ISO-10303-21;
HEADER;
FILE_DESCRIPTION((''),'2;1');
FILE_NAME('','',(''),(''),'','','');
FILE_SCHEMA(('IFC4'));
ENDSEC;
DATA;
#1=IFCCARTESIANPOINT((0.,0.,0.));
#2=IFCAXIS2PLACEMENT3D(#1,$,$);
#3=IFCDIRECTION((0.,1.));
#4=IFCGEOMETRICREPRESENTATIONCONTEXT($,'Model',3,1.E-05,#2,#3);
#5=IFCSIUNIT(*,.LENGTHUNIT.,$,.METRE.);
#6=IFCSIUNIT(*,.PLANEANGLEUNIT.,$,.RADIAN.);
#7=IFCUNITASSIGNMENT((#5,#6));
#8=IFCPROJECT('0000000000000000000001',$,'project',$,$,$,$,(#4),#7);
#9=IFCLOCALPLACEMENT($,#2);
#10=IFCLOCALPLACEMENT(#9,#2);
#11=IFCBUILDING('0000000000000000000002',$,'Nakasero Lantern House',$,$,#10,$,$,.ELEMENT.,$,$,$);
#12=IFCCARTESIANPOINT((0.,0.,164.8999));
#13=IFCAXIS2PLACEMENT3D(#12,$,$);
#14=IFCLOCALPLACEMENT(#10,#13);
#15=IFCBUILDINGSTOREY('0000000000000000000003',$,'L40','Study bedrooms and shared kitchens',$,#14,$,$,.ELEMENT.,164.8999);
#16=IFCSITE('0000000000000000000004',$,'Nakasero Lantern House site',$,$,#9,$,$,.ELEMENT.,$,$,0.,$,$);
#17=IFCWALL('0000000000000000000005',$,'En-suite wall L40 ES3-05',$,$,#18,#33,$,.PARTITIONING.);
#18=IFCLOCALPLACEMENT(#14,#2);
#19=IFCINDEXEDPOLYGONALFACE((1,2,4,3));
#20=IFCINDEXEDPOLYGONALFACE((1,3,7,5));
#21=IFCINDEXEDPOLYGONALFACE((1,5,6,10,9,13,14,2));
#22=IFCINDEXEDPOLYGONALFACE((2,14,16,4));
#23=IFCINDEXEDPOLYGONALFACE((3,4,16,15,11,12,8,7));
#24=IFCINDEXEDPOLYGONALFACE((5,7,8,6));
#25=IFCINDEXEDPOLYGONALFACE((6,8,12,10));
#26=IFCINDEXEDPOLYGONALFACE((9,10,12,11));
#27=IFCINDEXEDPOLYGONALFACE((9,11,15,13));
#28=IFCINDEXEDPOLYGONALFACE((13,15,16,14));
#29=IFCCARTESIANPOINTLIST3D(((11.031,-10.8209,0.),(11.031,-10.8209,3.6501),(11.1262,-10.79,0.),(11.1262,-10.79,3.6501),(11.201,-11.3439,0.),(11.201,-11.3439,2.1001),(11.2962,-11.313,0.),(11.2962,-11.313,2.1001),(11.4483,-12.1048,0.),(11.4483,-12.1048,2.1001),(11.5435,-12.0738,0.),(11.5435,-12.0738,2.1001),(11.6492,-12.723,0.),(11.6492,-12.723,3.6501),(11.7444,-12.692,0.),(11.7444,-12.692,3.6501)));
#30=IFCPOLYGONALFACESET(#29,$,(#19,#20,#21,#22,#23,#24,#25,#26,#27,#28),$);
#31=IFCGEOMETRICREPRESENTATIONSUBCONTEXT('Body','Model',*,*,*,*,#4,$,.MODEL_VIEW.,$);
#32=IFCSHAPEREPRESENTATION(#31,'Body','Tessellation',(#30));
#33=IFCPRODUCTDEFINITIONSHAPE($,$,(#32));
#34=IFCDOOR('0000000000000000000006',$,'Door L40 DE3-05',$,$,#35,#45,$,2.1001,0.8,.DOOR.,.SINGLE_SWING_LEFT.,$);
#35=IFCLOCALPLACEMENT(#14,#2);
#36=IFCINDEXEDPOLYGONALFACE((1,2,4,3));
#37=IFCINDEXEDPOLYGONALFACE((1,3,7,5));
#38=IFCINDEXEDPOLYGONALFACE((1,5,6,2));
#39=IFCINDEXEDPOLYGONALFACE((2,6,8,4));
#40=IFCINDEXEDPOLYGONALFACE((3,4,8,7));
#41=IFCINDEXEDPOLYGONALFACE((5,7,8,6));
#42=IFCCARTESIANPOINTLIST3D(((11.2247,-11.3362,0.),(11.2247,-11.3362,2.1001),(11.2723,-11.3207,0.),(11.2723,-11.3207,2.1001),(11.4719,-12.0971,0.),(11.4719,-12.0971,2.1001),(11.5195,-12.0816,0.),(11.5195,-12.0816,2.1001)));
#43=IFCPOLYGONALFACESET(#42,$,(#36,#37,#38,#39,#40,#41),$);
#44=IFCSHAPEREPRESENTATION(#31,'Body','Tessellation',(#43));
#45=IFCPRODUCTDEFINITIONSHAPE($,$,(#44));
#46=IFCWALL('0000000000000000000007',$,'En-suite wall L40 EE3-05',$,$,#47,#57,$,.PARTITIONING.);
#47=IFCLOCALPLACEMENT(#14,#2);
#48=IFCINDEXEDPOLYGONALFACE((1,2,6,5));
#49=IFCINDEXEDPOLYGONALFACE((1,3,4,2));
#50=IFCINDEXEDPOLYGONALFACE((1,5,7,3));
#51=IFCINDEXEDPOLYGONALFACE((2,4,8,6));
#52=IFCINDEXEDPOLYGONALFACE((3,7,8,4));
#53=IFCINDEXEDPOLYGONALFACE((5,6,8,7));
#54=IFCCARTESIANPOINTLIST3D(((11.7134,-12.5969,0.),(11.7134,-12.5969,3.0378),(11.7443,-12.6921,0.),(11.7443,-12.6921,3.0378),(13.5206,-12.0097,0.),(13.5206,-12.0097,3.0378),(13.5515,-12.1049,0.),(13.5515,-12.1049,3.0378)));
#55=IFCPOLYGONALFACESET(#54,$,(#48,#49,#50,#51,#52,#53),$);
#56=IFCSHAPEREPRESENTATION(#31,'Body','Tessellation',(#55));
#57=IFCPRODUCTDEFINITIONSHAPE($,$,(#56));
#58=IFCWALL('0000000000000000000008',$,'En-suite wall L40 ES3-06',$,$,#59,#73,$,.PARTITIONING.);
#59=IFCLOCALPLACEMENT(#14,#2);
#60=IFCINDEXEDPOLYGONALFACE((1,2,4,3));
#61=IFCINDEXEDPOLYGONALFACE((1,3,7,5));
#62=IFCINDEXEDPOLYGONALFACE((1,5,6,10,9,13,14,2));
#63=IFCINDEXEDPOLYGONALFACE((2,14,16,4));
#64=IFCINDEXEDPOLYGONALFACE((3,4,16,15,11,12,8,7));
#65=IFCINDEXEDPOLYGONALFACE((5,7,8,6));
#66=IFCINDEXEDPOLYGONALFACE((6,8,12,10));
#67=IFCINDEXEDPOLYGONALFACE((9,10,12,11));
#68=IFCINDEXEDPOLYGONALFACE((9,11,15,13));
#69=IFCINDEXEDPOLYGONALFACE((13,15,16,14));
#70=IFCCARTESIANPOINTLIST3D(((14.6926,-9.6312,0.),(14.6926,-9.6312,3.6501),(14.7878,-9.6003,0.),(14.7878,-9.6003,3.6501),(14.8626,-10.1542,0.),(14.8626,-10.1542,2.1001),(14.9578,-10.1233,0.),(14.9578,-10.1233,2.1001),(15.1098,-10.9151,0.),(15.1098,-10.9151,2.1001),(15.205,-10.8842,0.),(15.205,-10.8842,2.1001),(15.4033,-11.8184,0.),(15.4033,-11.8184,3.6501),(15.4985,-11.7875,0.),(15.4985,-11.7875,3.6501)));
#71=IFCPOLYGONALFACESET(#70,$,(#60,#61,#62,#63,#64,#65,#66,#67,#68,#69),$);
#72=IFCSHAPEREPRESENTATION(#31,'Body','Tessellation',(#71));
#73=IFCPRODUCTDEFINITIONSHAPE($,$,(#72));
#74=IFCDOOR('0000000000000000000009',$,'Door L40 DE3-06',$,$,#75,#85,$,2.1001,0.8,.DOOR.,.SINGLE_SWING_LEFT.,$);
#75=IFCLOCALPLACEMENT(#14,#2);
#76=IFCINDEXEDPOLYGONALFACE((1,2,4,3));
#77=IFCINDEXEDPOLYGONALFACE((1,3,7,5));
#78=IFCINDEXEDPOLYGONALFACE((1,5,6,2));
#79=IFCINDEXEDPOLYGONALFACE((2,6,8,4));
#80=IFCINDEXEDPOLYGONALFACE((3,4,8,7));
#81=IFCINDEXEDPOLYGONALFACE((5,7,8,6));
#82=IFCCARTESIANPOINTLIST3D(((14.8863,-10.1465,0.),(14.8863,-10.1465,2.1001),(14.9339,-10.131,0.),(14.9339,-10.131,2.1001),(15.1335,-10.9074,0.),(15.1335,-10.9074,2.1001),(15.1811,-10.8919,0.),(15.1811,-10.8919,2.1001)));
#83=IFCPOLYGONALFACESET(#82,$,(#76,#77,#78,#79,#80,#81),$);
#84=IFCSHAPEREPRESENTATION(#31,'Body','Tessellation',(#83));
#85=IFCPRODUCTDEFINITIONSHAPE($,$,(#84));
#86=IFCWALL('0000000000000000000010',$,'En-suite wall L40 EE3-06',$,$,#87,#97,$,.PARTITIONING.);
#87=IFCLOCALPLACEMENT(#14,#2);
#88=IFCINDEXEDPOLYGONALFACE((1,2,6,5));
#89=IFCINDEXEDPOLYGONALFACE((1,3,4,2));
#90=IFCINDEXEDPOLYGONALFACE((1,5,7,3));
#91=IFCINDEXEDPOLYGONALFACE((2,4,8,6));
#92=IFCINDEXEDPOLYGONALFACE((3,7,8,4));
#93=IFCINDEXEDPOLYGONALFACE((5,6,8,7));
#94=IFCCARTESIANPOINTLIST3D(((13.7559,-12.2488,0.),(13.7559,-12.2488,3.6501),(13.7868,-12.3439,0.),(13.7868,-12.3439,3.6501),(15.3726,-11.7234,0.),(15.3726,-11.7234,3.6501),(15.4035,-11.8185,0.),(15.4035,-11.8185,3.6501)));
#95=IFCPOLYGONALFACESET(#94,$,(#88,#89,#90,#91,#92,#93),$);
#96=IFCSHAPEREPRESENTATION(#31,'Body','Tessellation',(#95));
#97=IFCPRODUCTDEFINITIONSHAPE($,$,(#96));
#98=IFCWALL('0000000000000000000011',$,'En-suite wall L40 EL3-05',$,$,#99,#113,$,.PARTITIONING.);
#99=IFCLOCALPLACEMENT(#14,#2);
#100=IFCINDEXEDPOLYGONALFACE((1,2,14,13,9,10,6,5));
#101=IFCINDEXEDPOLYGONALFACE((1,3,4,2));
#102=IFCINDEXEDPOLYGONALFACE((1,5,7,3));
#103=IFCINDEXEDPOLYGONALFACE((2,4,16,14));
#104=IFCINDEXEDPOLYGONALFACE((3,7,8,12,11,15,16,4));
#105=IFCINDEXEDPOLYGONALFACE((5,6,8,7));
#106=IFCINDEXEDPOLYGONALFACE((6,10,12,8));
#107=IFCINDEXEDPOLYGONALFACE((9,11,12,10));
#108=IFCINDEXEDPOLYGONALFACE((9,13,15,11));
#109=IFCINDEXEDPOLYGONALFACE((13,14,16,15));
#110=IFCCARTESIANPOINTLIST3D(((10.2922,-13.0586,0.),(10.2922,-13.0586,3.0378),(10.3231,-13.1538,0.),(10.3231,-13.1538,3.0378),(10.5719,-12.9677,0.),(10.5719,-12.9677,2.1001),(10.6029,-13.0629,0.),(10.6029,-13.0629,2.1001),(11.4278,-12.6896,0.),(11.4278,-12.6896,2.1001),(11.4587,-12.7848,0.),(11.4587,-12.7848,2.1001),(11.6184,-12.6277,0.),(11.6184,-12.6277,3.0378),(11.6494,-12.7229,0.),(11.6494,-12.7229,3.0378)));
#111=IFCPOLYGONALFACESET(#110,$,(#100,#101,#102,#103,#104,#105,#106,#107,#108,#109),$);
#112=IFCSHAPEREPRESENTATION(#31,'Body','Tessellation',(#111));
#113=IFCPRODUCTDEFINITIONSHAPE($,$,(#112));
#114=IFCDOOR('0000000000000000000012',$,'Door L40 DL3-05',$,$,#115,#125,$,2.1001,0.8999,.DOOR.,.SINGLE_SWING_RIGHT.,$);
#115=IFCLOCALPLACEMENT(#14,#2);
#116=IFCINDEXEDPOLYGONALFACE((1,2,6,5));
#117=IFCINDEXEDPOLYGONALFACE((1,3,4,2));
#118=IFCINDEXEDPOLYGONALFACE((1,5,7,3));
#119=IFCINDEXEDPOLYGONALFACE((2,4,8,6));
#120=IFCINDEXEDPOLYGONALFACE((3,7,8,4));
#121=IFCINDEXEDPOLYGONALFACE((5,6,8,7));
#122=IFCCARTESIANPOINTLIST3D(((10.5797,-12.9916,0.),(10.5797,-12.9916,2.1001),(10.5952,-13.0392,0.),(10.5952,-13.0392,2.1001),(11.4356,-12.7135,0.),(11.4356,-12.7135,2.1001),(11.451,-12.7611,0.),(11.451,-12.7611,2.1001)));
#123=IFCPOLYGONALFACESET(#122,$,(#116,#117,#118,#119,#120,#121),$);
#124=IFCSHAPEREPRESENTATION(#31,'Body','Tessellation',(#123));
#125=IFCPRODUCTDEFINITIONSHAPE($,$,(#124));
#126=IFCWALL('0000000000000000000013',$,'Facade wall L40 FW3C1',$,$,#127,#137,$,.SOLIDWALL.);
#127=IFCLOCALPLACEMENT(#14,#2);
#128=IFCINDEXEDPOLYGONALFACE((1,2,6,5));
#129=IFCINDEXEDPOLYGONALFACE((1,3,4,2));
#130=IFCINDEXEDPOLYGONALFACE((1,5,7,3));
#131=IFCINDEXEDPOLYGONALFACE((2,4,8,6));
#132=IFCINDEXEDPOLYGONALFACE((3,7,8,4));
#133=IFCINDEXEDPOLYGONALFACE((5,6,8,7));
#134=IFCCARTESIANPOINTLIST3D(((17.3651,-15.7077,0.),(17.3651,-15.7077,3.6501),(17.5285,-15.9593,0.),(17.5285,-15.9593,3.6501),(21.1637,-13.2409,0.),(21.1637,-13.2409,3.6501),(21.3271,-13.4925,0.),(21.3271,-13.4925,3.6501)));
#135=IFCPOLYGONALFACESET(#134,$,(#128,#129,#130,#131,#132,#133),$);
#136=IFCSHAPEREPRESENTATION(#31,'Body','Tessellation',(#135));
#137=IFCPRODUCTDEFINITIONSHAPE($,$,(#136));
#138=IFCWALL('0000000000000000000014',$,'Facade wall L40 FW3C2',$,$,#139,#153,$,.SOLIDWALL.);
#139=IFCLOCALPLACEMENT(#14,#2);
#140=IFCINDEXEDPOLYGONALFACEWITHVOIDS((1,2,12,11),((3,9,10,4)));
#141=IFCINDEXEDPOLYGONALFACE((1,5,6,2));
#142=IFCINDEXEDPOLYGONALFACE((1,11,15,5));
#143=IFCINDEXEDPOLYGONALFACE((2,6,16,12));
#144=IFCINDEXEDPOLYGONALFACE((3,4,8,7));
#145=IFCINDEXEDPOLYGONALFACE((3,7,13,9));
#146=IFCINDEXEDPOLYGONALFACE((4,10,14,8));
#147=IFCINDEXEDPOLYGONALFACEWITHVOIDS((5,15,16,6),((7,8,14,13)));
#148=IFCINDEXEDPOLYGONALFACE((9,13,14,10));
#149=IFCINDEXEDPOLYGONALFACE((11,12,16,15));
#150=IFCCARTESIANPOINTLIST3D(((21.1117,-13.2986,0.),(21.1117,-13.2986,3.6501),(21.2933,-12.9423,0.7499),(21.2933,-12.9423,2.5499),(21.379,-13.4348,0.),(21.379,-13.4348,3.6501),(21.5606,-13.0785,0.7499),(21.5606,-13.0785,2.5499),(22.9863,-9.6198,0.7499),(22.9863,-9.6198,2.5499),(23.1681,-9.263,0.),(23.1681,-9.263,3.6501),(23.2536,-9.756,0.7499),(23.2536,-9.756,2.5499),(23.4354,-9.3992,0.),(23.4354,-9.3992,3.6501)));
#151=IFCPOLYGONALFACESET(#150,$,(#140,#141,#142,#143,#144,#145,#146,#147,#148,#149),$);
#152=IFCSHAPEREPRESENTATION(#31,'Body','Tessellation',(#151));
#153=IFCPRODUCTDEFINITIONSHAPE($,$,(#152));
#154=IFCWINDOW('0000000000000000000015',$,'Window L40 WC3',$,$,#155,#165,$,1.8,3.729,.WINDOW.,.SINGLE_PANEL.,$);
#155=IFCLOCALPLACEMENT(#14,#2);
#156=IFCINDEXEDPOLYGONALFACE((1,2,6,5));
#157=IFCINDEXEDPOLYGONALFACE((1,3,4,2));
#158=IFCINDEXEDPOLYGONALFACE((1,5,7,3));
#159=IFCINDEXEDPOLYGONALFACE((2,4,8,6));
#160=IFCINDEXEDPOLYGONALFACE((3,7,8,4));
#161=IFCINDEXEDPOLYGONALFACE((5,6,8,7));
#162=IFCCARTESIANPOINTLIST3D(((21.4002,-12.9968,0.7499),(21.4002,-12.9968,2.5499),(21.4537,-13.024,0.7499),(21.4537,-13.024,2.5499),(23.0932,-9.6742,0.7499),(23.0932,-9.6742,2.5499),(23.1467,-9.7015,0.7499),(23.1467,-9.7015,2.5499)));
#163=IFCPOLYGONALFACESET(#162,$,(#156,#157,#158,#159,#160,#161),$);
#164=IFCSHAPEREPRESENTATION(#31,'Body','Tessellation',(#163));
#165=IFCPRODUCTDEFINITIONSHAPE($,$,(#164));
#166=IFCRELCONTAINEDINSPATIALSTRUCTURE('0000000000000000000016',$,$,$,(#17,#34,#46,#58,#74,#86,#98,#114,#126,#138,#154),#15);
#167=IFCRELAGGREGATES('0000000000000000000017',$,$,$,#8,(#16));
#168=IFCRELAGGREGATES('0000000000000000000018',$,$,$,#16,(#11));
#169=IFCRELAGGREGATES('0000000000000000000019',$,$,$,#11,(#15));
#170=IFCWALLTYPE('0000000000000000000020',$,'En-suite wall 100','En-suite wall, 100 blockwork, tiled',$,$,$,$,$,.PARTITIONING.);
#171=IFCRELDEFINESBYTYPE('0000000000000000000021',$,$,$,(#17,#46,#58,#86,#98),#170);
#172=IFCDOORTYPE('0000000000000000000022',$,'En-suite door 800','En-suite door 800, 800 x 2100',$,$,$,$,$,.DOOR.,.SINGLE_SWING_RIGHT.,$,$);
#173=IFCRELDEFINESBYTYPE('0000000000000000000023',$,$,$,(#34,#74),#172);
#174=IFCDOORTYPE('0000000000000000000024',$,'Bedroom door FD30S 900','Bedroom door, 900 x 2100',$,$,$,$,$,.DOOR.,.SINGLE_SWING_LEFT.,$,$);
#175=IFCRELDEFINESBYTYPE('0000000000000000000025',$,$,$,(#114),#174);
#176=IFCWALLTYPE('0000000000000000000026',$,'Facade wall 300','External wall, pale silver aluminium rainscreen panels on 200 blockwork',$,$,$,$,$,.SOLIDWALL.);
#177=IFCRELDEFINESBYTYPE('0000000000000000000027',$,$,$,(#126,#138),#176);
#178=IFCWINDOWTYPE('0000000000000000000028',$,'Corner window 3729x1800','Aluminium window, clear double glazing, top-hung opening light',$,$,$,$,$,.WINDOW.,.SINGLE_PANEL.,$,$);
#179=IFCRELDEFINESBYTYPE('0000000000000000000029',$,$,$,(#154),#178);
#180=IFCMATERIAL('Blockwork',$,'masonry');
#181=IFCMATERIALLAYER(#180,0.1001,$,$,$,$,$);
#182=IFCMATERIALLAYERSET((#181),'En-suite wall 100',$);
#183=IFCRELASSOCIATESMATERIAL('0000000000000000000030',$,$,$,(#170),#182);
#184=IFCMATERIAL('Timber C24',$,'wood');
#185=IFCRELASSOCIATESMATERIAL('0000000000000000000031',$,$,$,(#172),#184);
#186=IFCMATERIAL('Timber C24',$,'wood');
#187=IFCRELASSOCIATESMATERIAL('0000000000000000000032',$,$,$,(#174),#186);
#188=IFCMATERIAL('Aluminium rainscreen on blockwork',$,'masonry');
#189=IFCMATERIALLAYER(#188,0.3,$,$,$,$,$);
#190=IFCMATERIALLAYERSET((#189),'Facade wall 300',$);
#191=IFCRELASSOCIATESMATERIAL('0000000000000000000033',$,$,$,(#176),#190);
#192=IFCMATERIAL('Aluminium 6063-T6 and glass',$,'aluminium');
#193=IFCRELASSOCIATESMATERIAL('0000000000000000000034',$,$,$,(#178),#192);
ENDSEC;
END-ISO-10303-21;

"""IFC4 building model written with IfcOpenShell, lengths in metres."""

from ifc_helpers import new_model, si_unit, direction, frame, frame_2d, origin, place, context, subcontext, project, spatial, rectangle, extrude, material, layer, layer_set, type_object, element, fill, save


model = new_model("IFC4")

# Units and contexts
model_context = context("Model", 3, precision=1e-05, world=origin(), true_north=direction((0.0, 1.0)))
body_context = subcontext(model_context, "Body", "Model", "MODEL_VIEW")
ifc_project = project(units=[si_unit("LENGTHUNIT", "METRE"), si_unit("PLANEANGLEUNIT", "RADIAN")], contexts=[model_context])

# Site, building, storey
site_placement = place(None, origin())
site = spatial("IfcSite", under=ifc_project, at=site_placement, Name="Nakasero Lantern House site", CompositionType="ELEMENT", RefElevation=0.0)
building_placement = place(site_placement, origin())
building = spatial("IfcBuilding", under=site, at=building_placement, Name="Nakasero Lantern House", CompositionType="ELEMENT")
storey_placement = place(building_placement, frame((0.0, 0.0, 164.8999)))
storey = spatial("IfcBuildingStorey", under=building, at=storey_placement, Name="L40", Description="Study bedrooms and shared kitchens", CompositionType="ELEMENT", Elevation=164.8999)

# Wall, opening, door
ifc_material_1 = material(Name="Blockwork", Category="masonry")
ifc_layer_1 = layer(ifc_material_1, 0.1001)
ifc_layer_set_1 = layer_set([ifc_layer_1], Name="En-suite wall 100")
wall_type_1 = type_object("IfcWallType", Name="En-suite wall 100", Description="En-suite wall, 100 blockwork, tiled", PredefinedType="PARTITIONING", material=ifc_layer_set_1)
wall_1_placement = place(storey_placement, frame((11.0786, -10.8054, 0.0), z_axis=(0.0, 0.0, 1.0), x_axis=(0.309078, -0.951037, 0.0)))
wall_1 = element("IfcWall", 1, at=wall_1_placement, inside=storey, type_object=wall_type_1, Name="En-suite wall L40 ES3-05", PredefinedType="PARTITIONING", context=body_context, shape_type="SweptSolid", body=[
    extrude(rectangle(XDim=2.0, YDim=0.1001, at=frame_2d((1.0, 0.0))), origin(), (0.0, 0.0, 1.0), 3.6501),
])
opening_1_placement = place(wall_1_placement, frame((0.55, 0.0, 0.0)))
opening_1 = element("IfcOpeningElement", 2, at=opening_1_placement, cuts=wall_1, PredefinedType="OPENING", context=body_context, shape_type="SweptSolid", body=[
    extrude(rectangle(XDim=0.8, YDim=2.1001, at=frame_2d((0.3999, 1.05))), frame((0.0, 0.0701, 0.0), z_axis=(0.0, -1.0, 0.0), x_axis=(1.0, 0.0, 0.0)), (0.0, 0.0, 1.0), 0.1401),
])
ifc_material_2 = material(Name="Timber C24", Category="wood")
door_type_1 = type_object("IfcDoorType", Name="En-suite door 800", Description="En-suite door 800, 800 x 2100", OperationType="SINGLE_SWING_RIGHT", PredefinedType="DOOR", material=ifc_material_2)
door_1_placement = place(opening_1_placement, origin())
door_1 = element("IfcDoor", 3, at=door_1_placement, inside=storey, type_object=door_type_1, Name="Door L40 DE3-05", OperationType="SINGLE_SWING_LEFT", OverallHeight=2.1001, OverallWidth=0.8, PredefinedType="DOOR", context=body_context, shape_type="SweptSolid", body=[
    extrude(rectangle(XDim=0.8, YDim=2.1001, at=frame_2d((0.3999, 1.05))), frame((0.0, 0.0249, 0.0), z_axis=(0.0, -1.0, 0.0), x_axis=(1.0, 0.0, 0.0)), (0.0, 0.0, 1.0), 0.05),
])
fill(opening_1, door_1)

# Wall
wall_2_placement = place(storey_placement, frame((11.7288, -12.6445, 0.0), z_axis=(0.0, 0.0, 1.0), x_axis=(0.951059, 0.309011, 0.0)))
element("IfcWall", 4, at=wall_2_placement, inside=storey, type_object=wall_type_1, Name="En-suite wall L40 EE3-05", PredefinedType="PARTITIONING", context=body_context, shape_type="SweptSolid", body=[
    extrude(rectangle(XDim=1.9001, YDim=0.1001, at=frame_2d((0.9502, 0.0))), origin(), (0.0, 0.0, 1.0), 3.0378),
])

# Wall, opening, door
wall_3_placement = place(storey_placement, frame((14.7402, -9.6157, 0.0), z_axis=(0.0, 0.0, 1.0), x_axis=(0.309021, -0.951055, 0.0)))
wall_3 = element("IfcWall", 5, at=wall_3_placement, inside=storey, type_object=wall_type_1, Name="En-suite wall L40 ES3-06", PredefinedType="PARTITIONING", context=body_context, shape_type="SweptSolid", body=[
    extrude(rectangle(XDim=2.2998, YDim=0.1001, at=frame_2d((1.1499, 0.0))), origin(), (0.0, 0.0, 1.0), 3.6501),
])
opening_2_placement = place(wall_3_placement, frame((0.55, 0.0, 0.0)))
opening_2 = element("IfcOpeningElement", 6, at=opening_2_placement, cuts=wall_3, PredefinedType="OPENING", context=body_context, shape_type="SweptSolid", body=[
    extrude(rectangle(XDim=0.8, YDim=2.1001, at=frame_2d((0.3999, 1.05))), frame((0.0, 0.0701, 0.0), z_axis=(0.0, -1.0, 0.0), x_axis=(1.0, 0.0, 0.0)), (0.0, 0.0, 1.0), 0.1401),
])
door_2_placement = place(opening_2_placement, origin())
door_2 = element("IfcDoor", 7, at=door_2_placement, inside=storey, type_object=door_type_1, Name="Door L40 DE3-06", OperationType="SINGLE_SWING_LEFT", OverallHeight=2.1001, OverallWidth=0.8, PredefinedType="DOOR", context=body_context, shape_type="SweptSolid", body=[
    extrude(rectangle(XDim=0.8, YDim=2.1001, at=frame_2d((0.3999, 1.05))), frame((0.0, 0.0249, 0.0), z_axis=(0.0, -1.0, 0.0), x_axis=(1.0, 0.0, 0.0)), (0.0, 0.0, 1.0), 0.05),
])
fill(opening_2, door_2)

# Wall
wall_4_placement = place(storey_placement, frame((13.7712, -12.2964, 0.0), z_axis=(0.0, 0.0, 1.0), x_axis=(0.95104, 0.309067, 0.0)))
element("IfcWall", 8, at=wall_4_placement, inside=storey, type_object=wall_type_1, Name="En-suite wall L40 EE3-06", PredefinedType="PARTITIONING", context=body_context, shape_type="SweptSolid", body=[
    extrude(rectangle(XDim=1.7, YDim=0.1001, at=frame_2d((0.8501, 0.0))), origin(), (0.0, 0.0, 1.0), 3.6501),
])

# Wall, opening, door
wall_5_placement = place(storey_placement, frame((10.3076, -13.1062, 0.0), z_axis=(0.0, 0.0, 1.0), x_axis=(0.951055, 0.309023, 0.0)))
wall_5 = element("IfcWall", 9, at=wall_5_placement, inside=storey, type_object=wall_type_1, Name="En-suite wall L40 EL3-05", PredefinedType="PARTITIONING", context=body_context, shape_type="SweptSolid", body=[
    extrude(rectangle(XDim=1.3945, YDim=0.1001, at=frame_2d((0.6973, 0.0))), origin(), (0.0, 0.0, 1.0), 3.0378),
])
opening_3_placement = place(wall_5_placement, frame((0.2942, 0.0, 0.0)))
opening_3 = element("IfcOpeningElement", 10, at=opening_3_placement, cuts=wall_5, PredefinedType="OPENING", context=body_context, shape_type="SweptSolid", body=[
    extrude(rectangle(XDim=0.8999, YDim=2.1001, at=frame_2d((0.45, 1.05))), frame((0.0, 0.0701, 0.0), z_axis=(0.0, -1.0, 0.0), x_axis=(1.0, 0.0, 0.0)), (0.0, 0.0, 1.0), 0.1401),
])
ifc_material_3 = material(Name="Timber C24", Category="wood")
door_type_2 = type_object("IfcDoorType", Name="Bedroom door FD30S 900", Description="Bedroom door, 900 x 2100", OperationType="SINGLE_SWING_LEFT", PredefinedType="DOOR", material=ifc_material_3)
door_3_placement = place(opening_3_placement, origin())
door_3 = element("IfcDoor", 11, at=door_3_placement, inside=storey, type_object=door_type_2, Name="Door L40 DL3-05", OperationType="SINGLE_SWING_RIGHT", OverallHeight=2.1001, OverallWidth=0.8999, PredefinedType="DOOR", context=body_context, shape_type="SweptSolid", body=[
    extrude(rectangle(XDim=0.8999, YDim=2.1001, at=frame_2d((0.45, 1.05))), frame((0.0, 0.0249, 0.0), z_axis=(0.0, -1.0, 0.0), x_axis=(1.0, 0.0, 0.0)), (0.0, 0.0, 1.0), 0.05),
])
fill(opening_3, door_3)

# Wall
ifc_material_4 = material(Name="Aluminium rainscreen on blockwork", Category="masonry")
ifc_layer_2 = layer(ifc_material_4, 0.3)
ifc_layer_set_2 = layer_set([ifc_layer_2], Name="Facade wall 300")
wall_type_2 = type_object("IfcWallType", Name="Facade wall 300", Description="External wall, pale silver aluminium rainscreen panels on 200 blockwork", PredefinedType="SOLIDWALL", material=ifc_layer_set_2)
wall_6_placement = place(storey_placement, frame((17.4468, -15.8335, 0.0), z_axis=(0.0, 0.0, 1.0), x_axis=(0.838674, 0.544634, 0.0)))
element("IfcWall", 12, at=wall_6_placement, inside=storey, type_object=wall_type_2, Name="Facade wall L40 FW3C1", PredefinedType="SOLIDWALL", context=body_context, shape_type="SweptSolid", body=[
    extrude(rectangle(XDim=4.5293, YDim=0.3, at=frame_2d((2.2646, 0.0))), origin(), (0.0, 0.0, 1.0), 3.6501),
])

# Wall, opening, window
wall_7_placement = place(storey_placement, frame((21.2454, -13.3667, 0.0), z_axis=(0.0, 0.0, 1.0), x_axis=(0.454014, 0.890995, 0.0)))
wall_7 = element("IfcWall", 13, at=wall_7_placement, inside=storey, type_object=wall_type_2, Name="Facade wall L40 FW3C2", PredefinedType="SOLIDWALL", context=body_context, shape_type="SweptSolid", body=[
    extrude(rectangle(XDim=4.5293, YDim=0.3, at=frame_2d((2.2646, 0.0))), origin(), (0.0, 0.0, 1.0), 3.6501),
])
opening_4_placement = place(wall_7_placement, frame((0.3999, 0.0, 0.75)))
opening_4 = element("IfcOpeningElement", 14, at=opening_4_placement, cuts=wall_7, PredefinedType="OPENING", context=body_context, shape_type="SweptSolid", body=[
    extrude(rectangle(XDim=3.729, YDim=1.8, at=frame_2d((1.8645, 0.8999))), frame((0.0, 0.1699, 0.0), z_axis=(0.0, -1.0, 0.0), x_axis=(1.0, 0.0, 0.0)), (0.0, 0.0, 1.0), 0.3401),
])
ifc_material_5 = material(Name="Aluminium 6063-T6 and glass", Category="aluminium")
window_type_1 = type_object("IfcWindowType", Name="Corner window 3729x1800", Description="Aluminium window, clear double glazing, top-hung opening light", PartitioningType="SINGLE_PANEL", PredefinedType="WINDOW", material=ifc_material_5)
window_1_placement = place(opening_4_placement, origin())
window_1 = element("IfcWindow", 15, at=window_1_placement, inside=storey, type_object=window_type_1, Name="Window L40 WC3", OverallHeight=1.8, OverallWidth=3.729, PartitioningType="SINGLE_PANEL", PredefinedType="WINDOW", context=body_context, shape_type="SweptSolid", body=[
    extrude(rectangle(XDim=3.729, YDim=1.8, at=frame_2d((1.8645, 0.8999))), frame((0.0, 0.03, 0.0), z_axis=(0.0, -1.0, 0.0), x_axis=(1.0, 0.0, 0.0)), (0.0, 0.0, 1.0), 0.0601),
])
fill(opening_4, window_1)

save(model, "model.ifc")
